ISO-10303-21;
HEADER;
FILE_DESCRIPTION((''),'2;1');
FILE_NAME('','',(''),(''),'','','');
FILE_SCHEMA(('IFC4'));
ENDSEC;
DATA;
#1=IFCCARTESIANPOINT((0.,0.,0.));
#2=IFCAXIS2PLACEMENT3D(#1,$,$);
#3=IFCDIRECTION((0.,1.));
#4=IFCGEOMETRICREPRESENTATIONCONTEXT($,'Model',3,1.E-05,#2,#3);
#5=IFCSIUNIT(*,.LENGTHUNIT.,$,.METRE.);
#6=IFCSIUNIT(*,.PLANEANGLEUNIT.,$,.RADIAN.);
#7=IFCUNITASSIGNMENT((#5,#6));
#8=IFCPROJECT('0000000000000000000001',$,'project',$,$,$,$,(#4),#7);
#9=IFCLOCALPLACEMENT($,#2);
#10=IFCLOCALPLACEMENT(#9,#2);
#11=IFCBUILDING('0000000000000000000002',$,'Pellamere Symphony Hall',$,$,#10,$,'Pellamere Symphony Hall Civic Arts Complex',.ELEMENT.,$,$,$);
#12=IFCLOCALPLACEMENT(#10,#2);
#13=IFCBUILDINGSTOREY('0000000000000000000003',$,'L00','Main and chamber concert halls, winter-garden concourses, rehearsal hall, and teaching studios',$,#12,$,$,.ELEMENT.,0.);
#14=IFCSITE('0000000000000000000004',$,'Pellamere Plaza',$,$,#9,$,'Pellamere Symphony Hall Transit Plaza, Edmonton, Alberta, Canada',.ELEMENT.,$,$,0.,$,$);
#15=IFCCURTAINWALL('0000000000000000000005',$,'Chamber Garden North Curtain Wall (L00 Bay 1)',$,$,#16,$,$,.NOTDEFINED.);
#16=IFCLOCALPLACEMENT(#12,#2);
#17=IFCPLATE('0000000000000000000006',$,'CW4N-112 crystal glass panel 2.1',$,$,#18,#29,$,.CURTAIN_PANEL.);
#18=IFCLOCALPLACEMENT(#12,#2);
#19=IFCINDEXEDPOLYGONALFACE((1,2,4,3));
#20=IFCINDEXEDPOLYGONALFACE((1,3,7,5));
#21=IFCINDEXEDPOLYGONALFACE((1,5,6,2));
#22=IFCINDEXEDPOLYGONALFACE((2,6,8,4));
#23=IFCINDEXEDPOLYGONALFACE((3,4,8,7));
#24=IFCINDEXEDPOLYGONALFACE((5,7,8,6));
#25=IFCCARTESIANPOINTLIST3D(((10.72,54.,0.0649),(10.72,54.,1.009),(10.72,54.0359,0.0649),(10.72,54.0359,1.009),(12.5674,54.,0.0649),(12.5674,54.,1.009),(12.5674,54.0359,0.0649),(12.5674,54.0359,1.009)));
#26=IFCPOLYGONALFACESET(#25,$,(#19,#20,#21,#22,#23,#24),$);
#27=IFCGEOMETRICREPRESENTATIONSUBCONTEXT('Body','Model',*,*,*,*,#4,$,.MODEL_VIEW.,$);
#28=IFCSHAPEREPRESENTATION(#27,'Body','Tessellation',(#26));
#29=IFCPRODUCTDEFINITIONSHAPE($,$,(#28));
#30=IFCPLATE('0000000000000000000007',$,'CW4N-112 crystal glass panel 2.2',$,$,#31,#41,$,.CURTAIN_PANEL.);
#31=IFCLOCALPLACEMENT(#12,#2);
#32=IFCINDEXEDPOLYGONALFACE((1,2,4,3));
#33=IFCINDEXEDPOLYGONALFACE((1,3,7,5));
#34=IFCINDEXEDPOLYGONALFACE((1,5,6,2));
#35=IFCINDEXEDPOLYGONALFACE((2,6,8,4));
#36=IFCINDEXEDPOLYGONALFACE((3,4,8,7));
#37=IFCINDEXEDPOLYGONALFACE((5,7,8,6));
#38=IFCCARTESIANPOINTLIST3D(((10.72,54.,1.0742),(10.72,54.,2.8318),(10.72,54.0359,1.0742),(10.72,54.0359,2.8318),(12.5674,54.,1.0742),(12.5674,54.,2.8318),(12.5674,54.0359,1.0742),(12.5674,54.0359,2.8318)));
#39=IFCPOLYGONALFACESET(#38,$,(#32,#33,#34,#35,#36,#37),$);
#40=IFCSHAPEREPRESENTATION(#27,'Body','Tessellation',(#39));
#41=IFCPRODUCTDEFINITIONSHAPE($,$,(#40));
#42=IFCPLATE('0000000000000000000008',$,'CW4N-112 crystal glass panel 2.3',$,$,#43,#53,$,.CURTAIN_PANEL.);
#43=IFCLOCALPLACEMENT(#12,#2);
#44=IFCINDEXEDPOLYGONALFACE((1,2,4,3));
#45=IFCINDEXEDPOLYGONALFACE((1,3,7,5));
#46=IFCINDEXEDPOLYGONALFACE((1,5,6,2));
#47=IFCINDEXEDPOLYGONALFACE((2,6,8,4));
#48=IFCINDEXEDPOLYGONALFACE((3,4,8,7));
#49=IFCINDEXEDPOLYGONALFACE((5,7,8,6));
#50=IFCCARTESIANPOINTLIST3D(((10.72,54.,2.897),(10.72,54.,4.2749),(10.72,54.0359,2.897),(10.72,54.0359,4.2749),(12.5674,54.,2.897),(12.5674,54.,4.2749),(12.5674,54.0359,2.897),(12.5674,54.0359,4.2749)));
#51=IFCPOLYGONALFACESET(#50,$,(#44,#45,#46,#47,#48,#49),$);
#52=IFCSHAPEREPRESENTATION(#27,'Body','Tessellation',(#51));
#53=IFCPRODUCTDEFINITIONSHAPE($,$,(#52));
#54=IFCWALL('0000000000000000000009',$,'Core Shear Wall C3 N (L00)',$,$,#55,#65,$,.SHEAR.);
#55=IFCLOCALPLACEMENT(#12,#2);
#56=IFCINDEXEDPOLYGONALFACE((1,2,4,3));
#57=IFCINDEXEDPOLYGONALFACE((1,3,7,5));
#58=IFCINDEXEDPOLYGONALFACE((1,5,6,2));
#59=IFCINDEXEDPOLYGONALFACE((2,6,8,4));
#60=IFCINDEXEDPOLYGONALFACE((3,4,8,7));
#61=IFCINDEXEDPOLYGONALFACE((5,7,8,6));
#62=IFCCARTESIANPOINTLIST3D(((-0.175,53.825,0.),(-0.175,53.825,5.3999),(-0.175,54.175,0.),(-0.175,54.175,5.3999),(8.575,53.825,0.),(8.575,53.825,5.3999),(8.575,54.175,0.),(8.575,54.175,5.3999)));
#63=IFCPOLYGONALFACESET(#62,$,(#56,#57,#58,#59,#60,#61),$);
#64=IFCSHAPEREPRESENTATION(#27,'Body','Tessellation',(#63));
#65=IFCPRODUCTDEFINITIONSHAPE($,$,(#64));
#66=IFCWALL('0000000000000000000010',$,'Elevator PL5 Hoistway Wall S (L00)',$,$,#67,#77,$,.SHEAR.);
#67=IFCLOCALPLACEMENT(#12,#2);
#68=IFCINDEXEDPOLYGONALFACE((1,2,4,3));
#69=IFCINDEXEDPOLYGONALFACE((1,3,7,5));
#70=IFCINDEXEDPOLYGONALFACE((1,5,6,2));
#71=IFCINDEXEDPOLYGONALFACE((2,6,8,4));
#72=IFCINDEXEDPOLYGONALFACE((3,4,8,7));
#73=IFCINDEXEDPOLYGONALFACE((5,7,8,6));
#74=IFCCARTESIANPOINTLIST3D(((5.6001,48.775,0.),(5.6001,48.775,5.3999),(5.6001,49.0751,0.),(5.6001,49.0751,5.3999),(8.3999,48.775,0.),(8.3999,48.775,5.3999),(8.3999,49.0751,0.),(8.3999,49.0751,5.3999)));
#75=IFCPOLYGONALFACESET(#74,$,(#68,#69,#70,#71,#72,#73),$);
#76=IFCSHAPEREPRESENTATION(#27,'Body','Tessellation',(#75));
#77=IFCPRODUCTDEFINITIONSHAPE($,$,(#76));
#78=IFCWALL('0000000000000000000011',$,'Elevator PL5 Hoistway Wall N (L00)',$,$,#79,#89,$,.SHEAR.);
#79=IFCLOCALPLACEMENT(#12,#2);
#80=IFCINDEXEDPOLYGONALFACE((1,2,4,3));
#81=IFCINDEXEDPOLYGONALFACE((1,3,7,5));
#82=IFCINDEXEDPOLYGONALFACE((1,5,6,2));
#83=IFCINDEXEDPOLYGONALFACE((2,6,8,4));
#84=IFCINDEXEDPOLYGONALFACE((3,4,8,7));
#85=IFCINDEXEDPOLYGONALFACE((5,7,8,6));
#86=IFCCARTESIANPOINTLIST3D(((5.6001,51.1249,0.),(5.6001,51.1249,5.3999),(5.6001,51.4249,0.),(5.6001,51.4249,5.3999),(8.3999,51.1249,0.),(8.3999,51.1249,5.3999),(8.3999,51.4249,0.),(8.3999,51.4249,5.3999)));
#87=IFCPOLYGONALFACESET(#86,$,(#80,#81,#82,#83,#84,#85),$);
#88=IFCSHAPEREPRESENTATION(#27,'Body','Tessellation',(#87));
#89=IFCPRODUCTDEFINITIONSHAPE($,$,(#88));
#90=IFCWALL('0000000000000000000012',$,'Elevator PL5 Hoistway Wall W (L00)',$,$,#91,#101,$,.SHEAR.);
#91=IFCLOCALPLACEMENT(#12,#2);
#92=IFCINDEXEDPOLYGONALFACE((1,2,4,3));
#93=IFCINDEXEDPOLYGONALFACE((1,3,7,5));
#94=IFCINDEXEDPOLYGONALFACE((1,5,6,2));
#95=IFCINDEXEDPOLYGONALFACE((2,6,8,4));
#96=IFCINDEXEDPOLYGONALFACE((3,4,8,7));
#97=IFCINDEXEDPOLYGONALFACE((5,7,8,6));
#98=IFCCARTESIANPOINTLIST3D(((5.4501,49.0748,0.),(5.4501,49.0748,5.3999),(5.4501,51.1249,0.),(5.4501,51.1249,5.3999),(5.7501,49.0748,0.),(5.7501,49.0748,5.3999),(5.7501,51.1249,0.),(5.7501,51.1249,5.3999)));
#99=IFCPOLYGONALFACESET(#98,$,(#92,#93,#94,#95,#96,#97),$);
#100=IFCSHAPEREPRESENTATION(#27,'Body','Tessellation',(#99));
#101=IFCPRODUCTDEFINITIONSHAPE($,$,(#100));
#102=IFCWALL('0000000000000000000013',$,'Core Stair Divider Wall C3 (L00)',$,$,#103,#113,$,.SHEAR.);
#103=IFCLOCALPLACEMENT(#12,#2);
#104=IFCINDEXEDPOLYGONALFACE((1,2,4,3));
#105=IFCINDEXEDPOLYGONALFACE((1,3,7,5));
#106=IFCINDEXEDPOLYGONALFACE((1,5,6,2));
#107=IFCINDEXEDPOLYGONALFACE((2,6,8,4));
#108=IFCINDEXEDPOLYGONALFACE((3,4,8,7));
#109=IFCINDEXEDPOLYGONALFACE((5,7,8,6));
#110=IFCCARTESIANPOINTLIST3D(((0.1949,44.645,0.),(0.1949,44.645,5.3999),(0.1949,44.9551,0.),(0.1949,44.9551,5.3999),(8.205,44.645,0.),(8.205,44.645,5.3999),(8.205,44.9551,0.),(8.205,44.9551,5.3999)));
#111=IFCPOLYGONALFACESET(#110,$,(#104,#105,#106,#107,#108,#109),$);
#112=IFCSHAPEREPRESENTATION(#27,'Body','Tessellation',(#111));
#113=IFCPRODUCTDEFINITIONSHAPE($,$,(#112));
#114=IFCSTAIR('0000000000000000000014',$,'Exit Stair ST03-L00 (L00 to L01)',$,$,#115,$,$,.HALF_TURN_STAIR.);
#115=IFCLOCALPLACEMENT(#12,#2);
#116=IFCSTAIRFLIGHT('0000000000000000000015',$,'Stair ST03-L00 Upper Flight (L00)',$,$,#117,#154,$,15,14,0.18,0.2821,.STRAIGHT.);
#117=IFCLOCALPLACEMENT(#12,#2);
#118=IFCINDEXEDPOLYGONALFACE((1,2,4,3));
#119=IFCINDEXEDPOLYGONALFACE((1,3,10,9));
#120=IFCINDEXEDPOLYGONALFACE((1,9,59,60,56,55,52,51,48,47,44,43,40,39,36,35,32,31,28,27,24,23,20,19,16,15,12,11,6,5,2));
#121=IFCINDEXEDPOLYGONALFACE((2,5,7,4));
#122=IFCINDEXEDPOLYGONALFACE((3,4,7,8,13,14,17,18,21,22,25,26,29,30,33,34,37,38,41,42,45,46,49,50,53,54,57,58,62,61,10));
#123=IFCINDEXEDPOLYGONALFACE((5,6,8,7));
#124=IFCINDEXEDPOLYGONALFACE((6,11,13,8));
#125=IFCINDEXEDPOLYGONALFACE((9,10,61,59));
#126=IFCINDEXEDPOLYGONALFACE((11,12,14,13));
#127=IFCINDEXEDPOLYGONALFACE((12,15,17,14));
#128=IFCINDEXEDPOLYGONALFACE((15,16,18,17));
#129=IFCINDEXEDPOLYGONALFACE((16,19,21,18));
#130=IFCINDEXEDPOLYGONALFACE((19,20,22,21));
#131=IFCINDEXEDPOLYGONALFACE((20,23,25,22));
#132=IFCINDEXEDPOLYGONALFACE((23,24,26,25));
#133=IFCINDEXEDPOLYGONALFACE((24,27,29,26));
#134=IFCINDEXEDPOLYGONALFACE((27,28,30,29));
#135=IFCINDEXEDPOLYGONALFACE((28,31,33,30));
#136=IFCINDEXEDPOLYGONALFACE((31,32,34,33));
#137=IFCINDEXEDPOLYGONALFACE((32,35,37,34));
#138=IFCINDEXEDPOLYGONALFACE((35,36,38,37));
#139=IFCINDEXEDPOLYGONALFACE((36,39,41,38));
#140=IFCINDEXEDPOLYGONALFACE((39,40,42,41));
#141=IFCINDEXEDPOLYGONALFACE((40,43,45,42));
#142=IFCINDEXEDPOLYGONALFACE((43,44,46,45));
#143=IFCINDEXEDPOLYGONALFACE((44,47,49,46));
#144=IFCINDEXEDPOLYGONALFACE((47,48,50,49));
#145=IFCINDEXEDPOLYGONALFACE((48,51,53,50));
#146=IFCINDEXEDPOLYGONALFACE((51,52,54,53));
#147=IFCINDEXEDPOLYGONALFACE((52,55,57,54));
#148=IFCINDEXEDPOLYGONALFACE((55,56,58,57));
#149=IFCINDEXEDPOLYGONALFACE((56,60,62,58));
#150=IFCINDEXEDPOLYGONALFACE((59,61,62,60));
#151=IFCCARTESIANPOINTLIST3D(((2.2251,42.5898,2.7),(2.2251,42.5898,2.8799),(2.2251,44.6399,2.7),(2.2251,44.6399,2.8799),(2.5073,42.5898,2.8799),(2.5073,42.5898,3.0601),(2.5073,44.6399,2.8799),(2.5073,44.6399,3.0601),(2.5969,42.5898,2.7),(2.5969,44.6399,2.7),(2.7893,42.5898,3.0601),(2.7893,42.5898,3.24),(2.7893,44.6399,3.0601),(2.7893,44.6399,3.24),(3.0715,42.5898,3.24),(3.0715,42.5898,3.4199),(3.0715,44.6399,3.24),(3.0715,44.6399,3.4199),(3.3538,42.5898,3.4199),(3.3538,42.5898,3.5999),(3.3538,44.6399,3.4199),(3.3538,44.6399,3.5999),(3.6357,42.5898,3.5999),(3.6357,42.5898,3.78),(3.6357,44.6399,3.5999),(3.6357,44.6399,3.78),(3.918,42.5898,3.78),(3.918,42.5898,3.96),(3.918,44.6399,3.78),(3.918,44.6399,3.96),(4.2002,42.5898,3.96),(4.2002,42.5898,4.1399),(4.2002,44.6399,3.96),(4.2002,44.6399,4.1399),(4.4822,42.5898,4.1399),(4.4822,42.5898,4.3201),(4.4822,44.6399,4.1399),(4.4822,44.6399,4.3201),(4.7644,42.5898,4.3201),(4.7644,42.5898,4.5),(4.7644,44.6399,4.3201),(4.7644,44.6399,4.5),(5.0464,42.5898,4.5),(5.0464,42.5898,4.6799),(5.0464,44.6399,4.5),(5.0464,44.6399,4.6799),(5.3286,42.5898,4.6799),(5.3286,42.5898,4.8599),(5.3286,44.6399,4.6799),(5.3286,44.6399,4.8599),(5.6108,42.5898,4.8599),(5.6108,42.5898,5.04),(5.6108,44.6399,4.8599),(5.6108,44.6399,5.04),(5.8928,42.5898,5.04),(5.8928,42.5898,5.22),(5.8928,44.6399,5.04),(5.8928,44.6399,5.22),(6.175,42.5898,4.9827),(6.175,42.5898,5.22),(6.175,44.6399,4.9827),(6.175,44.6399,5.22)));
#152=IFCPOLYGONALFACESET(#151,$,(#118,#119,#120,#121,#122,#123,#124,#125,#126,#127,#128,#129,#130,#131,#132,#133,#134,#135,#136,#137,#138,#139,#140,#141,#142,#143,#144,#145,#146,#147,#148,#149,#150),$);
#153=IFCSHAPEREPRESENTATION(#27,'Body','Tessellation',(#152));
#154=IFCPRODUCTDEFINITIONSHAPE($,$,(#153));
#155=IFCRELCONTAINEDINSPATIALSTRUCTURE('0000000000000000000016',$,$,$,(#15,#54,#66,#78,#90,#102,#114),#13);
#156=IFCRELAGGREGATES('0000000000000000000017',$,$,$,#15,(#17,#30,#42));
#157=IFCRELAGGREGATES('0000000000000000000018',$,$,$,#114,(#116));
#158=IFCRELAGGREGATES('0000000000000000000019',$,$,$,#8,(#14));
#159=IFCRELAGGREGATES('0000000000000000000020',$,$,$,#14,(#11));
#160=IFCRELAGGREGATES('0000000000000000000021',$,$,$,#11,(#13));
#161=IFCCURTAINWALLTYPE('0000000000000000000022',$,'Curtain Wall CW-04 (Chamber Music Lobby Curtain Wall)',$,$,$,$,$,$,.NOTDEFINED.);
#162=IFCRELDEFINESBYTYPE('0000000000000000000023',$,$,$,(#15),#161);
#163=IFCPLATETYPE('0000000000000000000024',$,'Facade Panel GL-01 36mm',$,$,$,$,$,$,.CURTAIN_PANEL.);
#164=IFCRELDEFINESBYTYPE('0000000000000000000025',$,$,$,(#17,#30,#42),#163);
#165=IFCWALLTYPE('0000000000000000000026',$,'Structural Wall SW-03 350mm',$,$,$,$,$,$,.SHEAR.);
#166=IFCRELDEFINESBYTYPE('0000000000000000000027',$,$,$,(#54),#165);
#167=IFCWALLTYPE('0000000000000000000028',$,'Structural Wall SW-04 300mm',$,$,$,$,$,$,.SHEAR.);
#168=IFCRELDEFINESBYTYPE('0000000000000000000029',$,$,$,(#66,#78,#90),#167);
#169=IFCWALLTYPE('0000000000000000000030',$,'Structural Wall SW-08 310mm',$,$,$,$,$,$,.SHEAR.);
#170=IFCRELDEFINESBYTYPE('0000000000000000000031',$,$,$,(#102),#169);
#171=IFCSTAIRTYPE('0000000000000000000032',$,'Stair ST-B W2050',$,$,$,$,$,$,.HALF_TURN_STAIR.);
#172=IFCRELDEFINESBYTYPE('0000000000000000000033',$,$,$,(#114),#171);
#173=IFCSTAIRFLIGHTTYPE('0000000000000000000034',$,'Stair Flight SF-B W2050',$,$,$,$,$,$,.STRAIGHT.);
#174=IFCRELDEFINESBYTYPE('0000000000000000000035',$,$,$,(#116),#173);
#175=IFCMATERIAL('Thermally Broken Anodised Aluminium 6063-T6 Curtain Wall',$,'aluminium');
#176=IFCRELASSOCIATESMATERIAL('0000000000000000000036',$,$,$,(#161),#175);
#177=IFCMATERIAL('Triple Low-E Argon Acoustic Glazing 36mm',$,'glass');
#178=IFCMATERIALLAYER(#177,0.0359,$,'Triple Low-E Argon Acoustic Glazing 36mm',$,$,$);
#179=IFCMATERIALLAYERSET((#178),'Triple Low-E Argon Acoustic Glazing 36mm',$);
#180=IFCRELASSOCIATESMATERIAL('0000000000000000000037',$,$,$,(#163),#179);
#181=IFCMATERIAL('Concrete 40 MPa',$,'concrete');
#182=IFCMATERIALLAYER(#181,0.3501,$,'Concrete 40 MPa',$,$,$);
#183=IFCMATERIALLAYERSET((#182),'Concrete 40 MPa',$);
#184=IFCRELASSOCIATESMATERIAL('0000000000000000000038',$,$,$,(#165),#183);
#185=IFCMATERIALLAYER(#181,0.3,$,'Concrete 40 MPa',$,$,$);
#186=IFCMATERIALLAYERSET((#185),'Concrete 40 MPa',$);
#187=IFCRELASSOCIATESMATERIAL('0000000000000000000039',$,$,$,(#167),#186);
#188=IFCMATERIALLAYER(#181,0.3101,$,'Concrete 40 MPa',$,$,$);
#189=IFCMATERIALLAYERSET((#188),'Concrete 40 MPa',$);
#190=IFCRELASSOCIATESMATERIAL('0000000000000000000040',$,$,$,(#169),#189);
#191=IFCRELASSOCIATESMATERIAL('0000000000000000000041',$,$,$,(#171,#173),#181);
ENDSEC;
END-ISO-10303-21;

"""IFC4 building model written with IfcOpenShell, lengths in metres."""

from ifc_helpers import new_model, si_unit, direction, frame, frame_2d, origin, place, context, subcontext, project, spatial, polyline, rectangle, outline, extrude, material, layer, layer_set, type_object, element, aggregate, save


model = new_model("IFC4")

# Units and contexts
model_context = context("Model", 3, precision=1e-05, world=origin(), true_north=direction((0.0, 1.0)))
body_context = subcontext(model_context, "Body", "Model", "MODEL_VIEW")
ifc_project = project(units=[si_unit("LENGTHUNIT", "METRE"), si_unit("PLANEANGLEUNIT", "RADIAN")], contexts=[model_context])

# Site, building, storey
site_placement = place(None, origin())
site = spatial("IfcSite", under=ifc_project, at=site_placement, Name="Pellamere Plaza", LongName="Pellamere Symphony Hall Transit Plaza, Edmonton, Alberta, Canada", CompositionType="ELEMENT", RefElevation=0.0)
building_placement = place(site_placement, origin())
building = spatial("IfcBuilding", under=site, at=building_placement, Name="Pellamere Symphony Hall", LongName="Pellamere Symphony Hall Civic Arts Complex", CompositionType="ELEMENT")
storey_placement = place(building_placement, origin())
storey = spatial("IfcBuildingStorey", under=building, at=storey_placement, Name="L00", Description="Main and chamber concert halls, winter-garden concourses, rehearsal hall, and teaching studios", CompositionType="ELEMENT", Elevation=0.0)

# Shared definitions
ifc_material_1 = material(Name="Concrete 40 MPa", Category="concrete")

# Curtain wall
ifc_material_2 = material(Name="Thermally Broken Anodised Aluminium 6063-T6 Curtain Wall", Category="aluminium")
curtain_wall_type = type_object("IfcCurtainWallType", Name="Curtain Wall CW-04 (Chamber Music Lobby Curtain Wall)", PredefinedType="NOTDEFINED", material=ifc_material_2)
curtain_wall_placement = place(storey_placement, origin())
curtain_wall = element("IfcCurtainWall", 1, at=curtain_wall_placement, inside=storey, type_object=curtain_wall_type, Name="Chamber Garden North Curtain Wall (L00 Bay 1)", PredefinedType="NOTDEFINED")

# Plates
ifc_material_3 = material(Name="Triple Low-E Argon Acoustic Glazing 36mm", Category="glass")
ifc_layer_1 = layer(ifc_material_3, 0.0359, Name="Triple Low-E Argon Acoustic Glazing 36mm")
ifc_layer_set_1 = layer_set([ifc_layer_1], Name="Triple Low-E Argon Acoustic Glazing 36mm")
plate_type = type_object("IfcPlateType", Name="Facade Panel GL-01 36mm", PredefinedType="CURTAIN_PANEL", material=ifc_layer_set_1)
plate_1_placement = place(storey_placement, frame((10.72, 54.0, 0.0649), z_axis=(0.0, -1.0, 0.0), x_axis=(1.0, 0.0, 0.0)))
plate_1 = element("IfcPlate", 2, at=plate_1_placement, type_object=plate_type, Name="CW4N-112 crystal glass panel 2.1", PredefinedType="CURTAIN_PANEL", context=body_context, shape_type="SweptSolid", body=[
    extrude(outline(polyline([(0.0, 0.0), (1.8474, 0.0), (1.8474, 0.9441), (0.0, 0.9441), (0.0, 0.0)])), origin(), (0.0, 0.0, -1.0), 0.0359),
])
plate_2_placement = place(storey_placement, frame((10.72, 54.0, 1.0742), z_axis=(0.0, -1.0, 0.0), x_axis=(1.0, 0.0, 0.0)))
plate_2 = element("IfcPlate", 3, at=plate_2_placement, type_object=plate_type, Name="CW4N-112 crystal glass panel 2.2", PredefinedType="CURTAIN_PANEL", context=body_context, shape_type="SweptSolid", body=[
    extrude(outline(polyline([(0.0, 0.0), (1.8474, 0.0), (1.8474, 1.7576), (0.0, 1.7576), (0.0, 0.0)])), origin(), (0.0, 0.0, -1.0), 0.0359),
])
plate_3_placement = place(storey_placement, frame((10.72, 54.0, 2.897), z_axis=(0.0, -1.0, 0.0), x_axis=(1.0, 0.0, 0.0)))
plate_3 = element("IfcPlate", 4, at=plate_3_placement, type_object=plate_type, Name="CW4N-112 crystal glass panel 2.3", PredefinedType="CURTAIN_PANEL", context=body_context, shape_type="SweptSolid", body=[
    extrude(outline(polyline([(0.0, 0.0), (1.8474, 0.0), (1.8474, 1.3779), (0.0, 1.3779), (0.0, 0.0)])), origin(), (0.0, 0.0, -1.0), 0.0359),
])
aggregate(curtain_wall, [plate_1, plate_2, plate_3])

# Walls
ifc_layer_2 = layer(ifc_material_1, 0.3501, Name="Concrete 40 MPa")
ifc_layer_set_2 = layer_set([ifc_layer_2], Name="Concrete 40 MPa")
wall_type_1 = type_object("IfcWallType", Name="Structural Wall SW-03 350mm", PredefinedType="SHEAR", material=ifc_layer_set_2)
wall_1_placement = place(storey_placement, frame((-0.175, 54.0, 0.0), z_axis=(0.0, 0.0, 1.0), x_axis=(1.0, 0.0, 0.0)))
element("IfcWall", 5, at=wall_1_placement, inside=storey, type_object=wall_type_1, Name="Core Shear Wall C3 N (L00)", PredefinedType="SHEAR", context=body_context, shape_type="SweptSolid", body=[
    extrude(rectangle(XDim=8.75, YDim=0.3501, at=frame_2d((4.375, 0.0))), origin(), (0.0, 0.0, 1.0), 5.3999),
])
ifc_layer_3 = layer(ifc_material_1, 0.3, Name="Concrete 40 MPa")
ifc_layer_set_3 = layer_set([ifc_layer_3], Name="Concrete 40 MPa")
wall_type_2 = type_object("IfcWallType", Name="Structural Wall SW-04 300mm", PredefinedType="SHEAR", material=ifc_layer_set_3)
for number, where, z_axis, x_axis, name in (
    (6, (5.6001, 48.925, 0.0), (0.0, 0.0, 1.0), (1.0, 0.0, 0.0), "Elevator PL5 Hoistway Wall S (L00)"),
    (7, (5.6001, 51.2749, 0.0), (0.0, 0.0, 1.0), (1.0, 0.0, 0.0), "Elevator PL5 Hoistway Wall N (L00)"),
):
    element("IfcWall", number, at=place(storey_placement, frame(where, z_axis=z_axis, x_axis=x_axis)), inside=storey, type_object=wall_type_2, Name=name, PredefinedType="SHEAR", context=body_context, shape_type="SweptSolid", body=[
        extrude(rectangle(XDim=2.7998, YDim=0.3, at=frame_2d((1.3999, 0.0))), origin(), (0.0, 0.0, 1.0), 5.3999),
    ])
wall_2_placement = place(storey_placement, frame((5.6001, 49.075, 0.0), z_axis=(0.0, 0.0, 1.0), x_axis=(0.0, 1.0, 0.0)))
element("IfcWall", 8, at=wall_2_placement, inside=storey, type_object=wall_type_2, Name="Elevator PL5 Hoistway Wall W (L00)", PredefinedType="SHEAR", context=body_context, shape_type="SweptSolid", body=[
    extrude(rectangle(XDim=2.05, YDim=0.3, at=frame_2d((1.0249, 0.0))), origin(), (0.0, 0.0, 1.0), 5.3999),
])
ifc_layer_4 = layer(ifc_material_1, 0.3101, Name="Concrete 40 MPa")
ifc_layer_set_4 = layer_set([ifc_layer_4], Name="Concrete 40 MPa")
wall_type_3 = type_object("IfcWallType", Name="Structural Wall SW-08 310mm", PredefinedType="SHEAR", material=ifc_layer_set_4)
wall_3_placement = place(storey_placement, frame((0.1951, 44.8, 0.0), z_axis=(0.0, 0.0, 1.0), x_axis=(1.0, 0.0, 0.0)))
element("IfcWall", 9, at=wall_3_placement, inside=storey, type_object=wall_type_3, Name="Core Stair Divider Wall C3 (L00)", PredefinedType="SHEAR", context=body_context, shape_type="SweptSolid", body=[
    extrude(rectangle(XDim=8.01, YDim=0.3101, at=frame_2d((4.0049, 0.0))), origin(), (0.0, 0.0, 1.0), 5.3999),
])

# Stair, stair flight
stair_type = type_object("IfcStairType", Name="Stair ST-B W2050", PredefinedType="HALF_TURN_STAIR", material=ifc_material_1)
stair_placement = place(storey_placement, origin())
stair = element("IfcStair", 10, at=stair_placement, inside=storey, type_object=stair_type, Name="Exit Stair ST03-L00 (L00 to L01)", PredefinedType="HALF_TURN_STAIR")
stair_flight_type = type_object("IfcStairFlightType", Name="Stair Flight SF-B W2050", PredefinedType="STRAIGHT", material=ifc_material_1)
stair_flight_placement = place(storey_placement, frame((2.2251, 43.615, 2.7), z_axis=(0.0, 0.0, 1.0), x_axis=(1.0, 0.0, 0.0)))
stair_flight = element("IfcStairFlight", 11, at=stair_flight_placement, type_object=stair_flight_type, Name="Stair ST03-L00 Upper Flight (L00)", NumberOfRisers=15, NumberOfTreads=14, PredefinedType="STRAIGHT", RiserHeight=0.18, TreadLength=0.2821, context=body_context, shape_type="SweptSolid", body=[
    extrude(outline(polyline([(0.0, 0.0), (0.0, 0.1799), (0.2822, 0.1799), (0.2822, 0.3601), (0.5642, 0.3601), (0.5642, 0.54), (0.8464, 0.54), (0.8464, 0.72), (1.1287, 0.72), (1.1287, 0.8999), (1.4106, 0.8999), (1.4106, 1.0801), (1.6929, 1.0801), (1.6929, 1.26), (1.9751, 1.26), (1.9751, 1.4399), (2.2571, 1.4399), (2.2571, 1.6201), (2.5393, 1.6201), (2.5393, 1.8), (2.8213, 1.8), (2.8213, 1.98), (3.1035, 1.98), (3.1035, 2.1599), (3.3857, 2.1599), (3.3857, 2.3401), (3.6677, 2.3401), (3.6677, 2.52), (3.95, 2.52), (3.95, 2.7), (3.95, 2.2827), (0.3718, 0.0), (0.0, 0.0)])), frame((0.0, 1.0249, 0.0), z_axis=(0.0, -1.0, 0.0), x_axis=(1.0, 0.0, 0.0)), (0.0, 0.0, 1.0), 2.05),
])
aggregate(stair, [stair_flight])

save(model, "model.ifc")
